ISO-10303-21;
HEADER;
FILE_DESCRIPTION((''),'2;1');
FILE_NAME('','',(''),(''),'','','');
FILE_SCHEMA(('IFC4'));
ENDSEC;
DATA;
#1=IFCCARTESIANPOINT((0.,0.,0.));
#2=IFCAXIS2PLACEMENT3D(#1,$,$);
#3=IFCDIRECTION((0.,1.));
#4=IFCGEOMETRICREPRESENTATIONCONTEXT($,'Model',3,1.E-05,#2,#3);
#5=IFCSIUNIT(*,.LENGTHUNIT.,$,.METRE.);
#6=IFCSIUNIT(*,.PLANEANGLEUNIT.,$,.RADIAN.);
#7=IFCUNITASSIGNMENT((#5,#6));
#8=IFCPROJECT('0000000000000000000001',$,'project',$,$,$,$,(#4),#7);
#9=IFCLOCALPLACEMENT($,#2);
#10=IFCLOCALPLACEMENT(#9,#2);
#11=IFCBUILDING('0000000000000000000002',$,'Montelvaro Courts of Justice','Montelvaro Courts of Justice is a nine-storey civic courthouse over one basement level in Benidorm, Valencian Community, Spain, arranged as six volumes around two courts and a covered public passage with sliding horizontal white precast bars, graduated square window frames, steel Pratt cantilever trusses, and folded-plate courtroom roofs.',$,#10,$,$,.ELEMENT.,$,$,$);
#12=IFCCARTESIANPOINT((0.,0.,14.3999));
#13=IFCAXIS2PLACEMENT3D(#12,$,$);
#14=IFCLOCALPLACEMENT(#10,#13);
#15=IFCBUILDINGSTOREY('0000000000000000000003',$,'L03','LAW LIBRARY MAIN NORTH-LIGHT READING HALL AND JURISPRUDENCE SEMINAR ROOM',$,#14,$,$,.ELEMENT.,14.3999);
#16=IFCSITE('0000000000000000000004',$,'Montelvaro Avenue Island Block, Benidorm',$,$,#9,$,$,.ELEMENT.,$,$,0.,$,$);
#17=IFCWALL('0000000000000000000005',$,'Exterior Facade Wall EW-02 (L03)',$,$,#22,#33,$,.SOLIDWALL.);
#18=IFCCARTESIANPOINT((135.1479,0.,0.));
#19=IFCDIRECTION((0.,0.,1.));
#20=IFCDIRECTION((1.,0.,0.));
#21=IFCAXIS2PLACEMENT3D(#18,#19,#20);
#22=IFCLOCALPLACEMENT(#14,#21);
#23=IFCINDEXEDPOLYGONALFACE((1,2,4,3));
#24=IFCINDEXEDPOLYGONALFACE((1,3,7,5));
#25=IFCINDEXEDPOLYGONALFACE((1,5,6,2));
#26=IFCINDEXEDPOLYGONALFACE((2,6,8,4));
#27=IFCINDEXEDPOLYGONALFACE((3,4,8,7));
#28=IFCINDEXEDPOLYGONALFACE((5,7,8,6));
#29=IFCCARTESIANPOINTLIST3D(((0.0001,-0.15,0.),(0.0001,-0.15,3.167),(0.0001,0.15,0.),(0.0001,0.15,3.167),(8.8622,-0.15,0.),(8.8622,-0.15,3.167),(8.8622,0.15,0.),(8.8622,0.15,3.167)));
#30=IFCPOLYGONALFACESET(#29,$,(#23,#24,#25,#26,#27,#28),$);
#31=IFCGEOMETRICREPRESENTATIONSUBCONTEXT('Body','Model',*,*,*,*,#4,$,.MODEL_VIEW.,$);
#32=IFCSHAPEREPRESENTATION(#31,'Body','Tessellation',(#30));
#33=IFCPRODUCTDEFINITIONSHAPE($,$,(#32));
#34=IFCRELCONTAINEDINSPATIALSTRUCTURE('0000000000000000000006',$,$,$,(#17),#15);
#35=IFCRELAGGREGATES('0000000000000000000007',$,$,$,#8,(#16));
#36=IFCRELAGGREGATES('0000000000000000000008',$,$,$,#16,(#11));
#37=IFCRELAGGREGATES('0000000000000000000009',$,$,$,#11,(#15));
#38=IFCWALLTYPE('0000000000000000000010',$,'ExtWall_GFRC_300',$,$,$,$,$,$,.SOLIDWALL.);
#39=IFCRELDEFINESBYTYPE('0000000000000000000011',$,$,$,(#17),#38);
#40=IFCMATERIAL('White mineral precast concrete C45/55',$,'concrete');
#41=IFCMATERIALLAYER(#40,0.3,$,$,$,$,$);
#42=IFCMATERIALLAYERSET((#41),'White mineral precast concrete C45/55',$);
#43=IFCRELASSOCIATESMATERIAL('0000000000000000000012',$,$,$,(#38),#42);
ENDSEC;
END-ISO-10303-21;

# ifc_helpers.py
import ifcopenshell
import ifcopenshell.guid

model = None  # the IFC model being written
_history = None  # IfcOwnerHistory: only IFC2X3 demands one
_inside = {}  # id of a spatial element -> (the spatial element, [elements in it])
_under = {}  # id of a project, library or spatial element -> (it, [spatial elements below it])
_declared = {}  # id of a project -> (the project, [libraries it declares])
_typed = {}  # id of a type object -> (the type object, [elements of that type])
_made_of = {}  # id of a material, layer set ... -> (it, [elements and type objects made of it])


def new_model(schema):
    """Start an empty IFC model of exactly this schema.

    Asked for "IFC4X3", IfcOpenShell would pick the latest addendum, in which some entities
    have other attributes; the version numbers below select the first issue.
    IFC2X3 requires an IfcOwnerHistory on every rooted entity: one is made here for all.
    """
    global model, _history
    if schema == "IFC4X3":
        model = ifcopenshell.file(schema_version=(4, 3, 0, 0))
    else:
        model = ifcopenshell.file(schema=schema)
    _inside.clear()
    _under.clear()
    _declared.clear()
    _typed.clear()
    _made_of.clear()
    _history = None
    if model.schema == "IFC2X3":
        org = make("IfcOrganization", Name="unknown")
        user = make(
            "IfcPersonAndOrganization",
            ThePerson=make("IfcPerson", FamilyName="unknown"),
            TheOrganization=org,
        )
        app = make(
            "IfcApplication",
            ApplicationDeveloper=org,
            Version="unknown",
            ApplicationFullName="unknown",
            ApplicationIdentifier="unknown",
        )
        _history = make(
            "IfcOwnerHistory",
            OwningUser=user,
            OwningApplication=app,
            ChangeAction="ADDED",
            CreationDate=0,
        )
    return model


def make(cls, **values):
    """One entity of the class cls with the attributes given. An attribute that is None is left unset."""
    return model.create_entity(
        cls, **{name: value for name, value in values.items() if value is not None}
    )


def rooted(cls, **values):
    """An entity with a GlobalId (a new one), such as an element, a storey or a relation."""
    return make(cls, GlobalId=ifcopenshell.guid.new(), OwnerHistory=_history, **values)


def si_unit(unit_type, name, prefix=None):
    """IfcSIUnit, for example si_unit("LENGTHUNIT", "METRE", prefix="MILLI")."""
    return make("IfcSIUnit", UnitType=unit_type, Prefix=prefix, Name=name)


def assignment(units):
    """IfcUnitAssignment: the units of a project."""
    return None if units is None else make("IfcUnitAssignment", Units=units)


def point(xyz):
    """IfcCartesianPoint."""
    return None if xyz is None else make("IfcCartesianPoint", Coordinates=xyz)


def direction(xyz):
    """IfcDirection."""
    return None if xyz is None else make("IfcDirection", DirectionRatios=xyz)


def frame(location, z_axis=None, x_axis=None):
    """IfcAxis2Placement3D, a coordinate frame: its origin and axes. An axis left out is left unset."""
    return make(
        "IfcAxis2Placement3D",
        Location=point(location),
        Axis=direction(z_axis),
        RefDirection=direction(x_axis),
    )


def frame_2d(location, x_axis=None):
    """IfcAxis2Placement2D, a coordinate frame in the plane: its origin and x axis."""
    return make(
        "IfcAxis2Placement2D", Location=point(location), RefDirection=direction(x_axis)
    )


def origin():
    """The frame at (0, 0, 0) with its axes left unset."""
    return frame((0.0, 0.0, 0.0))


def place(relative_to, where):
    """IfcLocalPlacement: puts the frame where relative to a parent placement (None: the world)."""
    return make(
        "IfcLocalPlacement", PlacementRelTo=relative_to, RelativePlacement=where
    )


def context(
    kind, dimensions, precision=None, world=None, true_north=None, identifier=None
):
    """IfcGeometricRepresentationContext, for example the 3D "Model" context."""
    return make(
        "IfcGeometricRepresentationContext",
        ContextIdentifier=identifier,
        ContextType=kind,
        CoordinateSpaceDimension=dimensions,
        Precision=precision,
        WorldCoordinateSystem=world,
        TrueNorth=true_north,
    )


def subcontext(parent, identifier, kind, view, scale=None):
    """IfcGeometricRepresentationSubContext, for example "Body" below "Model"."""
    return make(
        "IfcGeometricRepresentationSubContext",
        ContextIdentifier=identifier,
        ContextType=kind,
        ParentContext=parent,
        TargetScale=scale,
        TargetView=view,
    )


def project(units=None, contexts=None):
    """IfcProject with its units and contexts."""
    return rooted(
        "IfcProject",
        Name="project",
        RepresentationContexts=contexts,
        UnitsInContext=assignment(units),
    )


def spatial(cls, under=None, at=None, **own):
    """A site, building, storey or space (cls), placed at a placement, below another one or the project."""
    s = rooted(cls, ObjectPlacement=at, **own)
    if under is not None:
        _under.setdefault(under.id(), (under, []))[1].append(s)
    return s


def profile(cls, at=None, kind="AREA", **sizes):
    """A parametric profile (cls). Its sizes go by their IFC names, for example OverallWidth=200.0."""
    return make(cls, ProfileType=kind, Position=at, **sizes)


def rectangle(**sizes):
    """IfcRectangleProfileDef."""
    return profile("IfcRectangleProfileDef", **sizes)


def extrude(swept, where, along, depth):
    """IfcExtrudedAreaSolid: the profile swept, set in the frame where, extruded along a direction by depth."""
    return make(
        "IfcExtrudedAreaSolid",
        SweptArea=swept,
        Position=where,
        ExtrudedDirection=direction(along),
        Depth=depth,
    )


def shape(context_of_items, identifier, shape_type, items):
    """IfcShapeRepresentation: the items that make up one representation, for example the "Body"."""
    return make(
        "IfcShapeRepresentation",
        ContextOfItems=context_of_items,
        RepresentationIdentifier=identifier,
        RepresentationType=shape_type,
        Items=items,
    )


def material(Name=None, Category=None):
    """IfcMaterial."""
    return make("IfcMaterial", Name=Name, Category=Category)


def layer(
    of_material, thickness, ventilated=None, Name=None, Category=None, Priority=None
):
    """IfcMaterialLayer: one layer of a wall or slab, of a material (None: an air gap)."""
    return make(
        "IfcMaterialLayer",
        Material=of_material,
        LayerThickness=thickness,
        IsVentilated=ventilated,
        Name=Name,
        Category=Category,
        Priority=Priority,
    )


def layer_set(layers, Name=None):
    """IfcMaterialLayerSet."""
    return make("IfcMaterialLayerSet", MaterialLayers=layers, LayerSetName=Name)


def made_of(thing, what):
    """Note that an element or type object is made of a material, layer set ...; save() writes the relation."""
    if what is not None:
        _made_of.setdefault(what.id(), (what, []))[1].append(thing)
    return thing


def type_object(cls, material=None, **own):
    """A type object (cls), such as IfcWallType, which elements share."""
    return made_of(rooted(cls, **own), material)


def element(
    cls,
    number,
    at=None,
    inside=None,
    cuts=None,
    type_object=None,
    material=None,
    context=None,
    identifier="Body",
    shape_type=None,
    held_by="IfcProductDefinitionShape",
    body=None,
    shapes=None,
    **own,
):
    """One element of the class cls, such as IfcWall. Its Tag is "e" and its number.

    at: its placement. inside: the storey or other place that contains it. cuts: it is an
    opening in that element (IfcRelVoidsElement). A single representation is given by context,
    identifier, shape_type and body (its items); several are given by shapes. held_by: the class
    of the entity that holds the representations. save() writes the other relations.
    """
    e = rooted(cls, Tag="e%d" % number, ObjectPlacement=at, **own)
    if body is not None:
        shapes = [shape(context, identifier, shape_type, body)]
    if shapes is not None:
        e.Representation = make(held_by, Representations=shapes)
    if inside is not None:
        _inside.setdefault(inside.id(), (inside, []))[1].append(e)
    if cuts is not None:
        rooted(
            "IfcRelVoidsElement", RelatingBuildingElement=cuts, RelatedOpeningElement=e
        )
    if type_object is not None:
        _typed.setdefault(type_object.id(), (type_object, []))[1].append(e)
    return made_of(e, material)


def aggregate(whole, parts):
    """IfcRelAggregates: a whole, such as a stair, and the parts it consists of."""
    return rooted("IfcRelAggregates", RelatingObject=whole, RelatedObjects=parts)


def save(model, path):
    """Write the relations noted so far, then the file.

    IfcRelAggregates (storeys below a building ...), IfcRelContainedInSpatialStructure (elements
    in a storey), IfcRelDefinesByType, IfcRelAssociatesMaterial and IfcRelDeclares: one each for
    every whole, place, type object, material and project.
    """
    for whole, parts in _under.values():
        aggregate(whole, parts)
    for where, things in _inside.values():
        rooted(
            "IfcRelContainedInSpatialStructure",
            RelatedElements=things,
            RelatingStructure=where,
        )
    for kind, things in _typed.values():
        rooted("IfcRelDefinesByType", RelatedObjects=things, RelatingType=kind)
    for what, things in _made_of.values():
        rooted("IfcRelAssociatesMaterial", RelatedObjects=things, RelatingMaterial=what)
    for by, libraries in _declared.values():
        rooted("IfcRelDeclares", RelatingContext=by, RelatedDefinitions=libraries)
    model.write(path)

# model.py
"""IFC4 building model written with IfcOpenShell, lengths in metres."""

from ifc_helpers import new_model, si_unit, direction, frame, frame_2d, origin, place, context, subcontext, project, spatial, rectangle, extrude, material, layer, layer_set, type_object, element, save


model = new_model("IFC4")

# Units and contexts
model_context = context("Model", 3, precision=1e-05, world=origin(), true_north=direction((0.0, 1.0)))
body_context = subcontext(model_context, "Body", "Model", "MODEL_VIEW")
ifc_project = project(units=[si_unit("LENGTHUNIT", "METRE"), si_unit("PLANEANGLEUNIT", "RADIAN")], contexts=[model_context])

# Site, building, storey
site_placement = place(None, origin())
site = spatial("IfcSite", under=ifc_project, at=site_placement, Name="Montelvaro Avenue Island Block, Benidorm", CompositionType="ELEMENT", RefElevation=0.0)
building_placement = place(site_placement, origin())
building = spatial("IfcBuilding", under=site, at=building_placement, Name="Montelvaro Courts of Justice", Description="Montelvaro Courts of Justice is a nine-storey civic courthouse over one basement level in Benidorm, Valencian Community, Spain, arranged as six volumes around two courts and a covered public passage with sliding horizontal white precast bars, graduated square window frames, steel Pratt cantilever trusses, and folded-plate courtroom roofs.", CompositionType="ELEMENT")
storey_placement = place(building_placement, frame((0.0, 0.0, 14.3999)))
storey = spatial("IfcBuildingStorey", under=building, at=storey_placement, Name="L03", Description="LAW LIBRARY MAIN NORTH-LIGHT READING HALL AND JURISPRUDENCE SEMINAR ROOM", CompositionType="ELEMENT", Elevation=14.3999)

# Wall
ifc_material_1 = material(Name="White mineral precast concrete C45/55", Category="concrete")
ifc_layer_1 = layer(ifc_material_1, 0.3)
ifc_layer_set_1 = layer_set([ifc_layer_1], Name="White mineral precast concrete C45/55")
wall_type_1 = type_object("IfcWallType", Name="ExtWall_GFRC_300", PredefinedType="SOLIDWALL", material=ifc_layer_set_1)
wall_1_placement = place(storey_placement, frame((135.1479, 0.0, 0.0), z_axis=(0.0, 0.0, 1.0), x_axis=(1.0, 0.0, 0.0)))
element("IfcWall", 1, at=wall_1_placement, inside=storey, type_object=wall_type_1, Name="Exterior Facade Wall EW-02 (L03)", PredefinedType="SOLIDWALL", context=body_context, shape_type="SweptSolid", body=[
    extrude(rectangle(XDim=8.8621, YDim=0.3, at=frame_2d((4.4312, 0.0))), origin(), (0.0, 0.0, 1.0), 3.167),
])

save(model, "model.ifc")
